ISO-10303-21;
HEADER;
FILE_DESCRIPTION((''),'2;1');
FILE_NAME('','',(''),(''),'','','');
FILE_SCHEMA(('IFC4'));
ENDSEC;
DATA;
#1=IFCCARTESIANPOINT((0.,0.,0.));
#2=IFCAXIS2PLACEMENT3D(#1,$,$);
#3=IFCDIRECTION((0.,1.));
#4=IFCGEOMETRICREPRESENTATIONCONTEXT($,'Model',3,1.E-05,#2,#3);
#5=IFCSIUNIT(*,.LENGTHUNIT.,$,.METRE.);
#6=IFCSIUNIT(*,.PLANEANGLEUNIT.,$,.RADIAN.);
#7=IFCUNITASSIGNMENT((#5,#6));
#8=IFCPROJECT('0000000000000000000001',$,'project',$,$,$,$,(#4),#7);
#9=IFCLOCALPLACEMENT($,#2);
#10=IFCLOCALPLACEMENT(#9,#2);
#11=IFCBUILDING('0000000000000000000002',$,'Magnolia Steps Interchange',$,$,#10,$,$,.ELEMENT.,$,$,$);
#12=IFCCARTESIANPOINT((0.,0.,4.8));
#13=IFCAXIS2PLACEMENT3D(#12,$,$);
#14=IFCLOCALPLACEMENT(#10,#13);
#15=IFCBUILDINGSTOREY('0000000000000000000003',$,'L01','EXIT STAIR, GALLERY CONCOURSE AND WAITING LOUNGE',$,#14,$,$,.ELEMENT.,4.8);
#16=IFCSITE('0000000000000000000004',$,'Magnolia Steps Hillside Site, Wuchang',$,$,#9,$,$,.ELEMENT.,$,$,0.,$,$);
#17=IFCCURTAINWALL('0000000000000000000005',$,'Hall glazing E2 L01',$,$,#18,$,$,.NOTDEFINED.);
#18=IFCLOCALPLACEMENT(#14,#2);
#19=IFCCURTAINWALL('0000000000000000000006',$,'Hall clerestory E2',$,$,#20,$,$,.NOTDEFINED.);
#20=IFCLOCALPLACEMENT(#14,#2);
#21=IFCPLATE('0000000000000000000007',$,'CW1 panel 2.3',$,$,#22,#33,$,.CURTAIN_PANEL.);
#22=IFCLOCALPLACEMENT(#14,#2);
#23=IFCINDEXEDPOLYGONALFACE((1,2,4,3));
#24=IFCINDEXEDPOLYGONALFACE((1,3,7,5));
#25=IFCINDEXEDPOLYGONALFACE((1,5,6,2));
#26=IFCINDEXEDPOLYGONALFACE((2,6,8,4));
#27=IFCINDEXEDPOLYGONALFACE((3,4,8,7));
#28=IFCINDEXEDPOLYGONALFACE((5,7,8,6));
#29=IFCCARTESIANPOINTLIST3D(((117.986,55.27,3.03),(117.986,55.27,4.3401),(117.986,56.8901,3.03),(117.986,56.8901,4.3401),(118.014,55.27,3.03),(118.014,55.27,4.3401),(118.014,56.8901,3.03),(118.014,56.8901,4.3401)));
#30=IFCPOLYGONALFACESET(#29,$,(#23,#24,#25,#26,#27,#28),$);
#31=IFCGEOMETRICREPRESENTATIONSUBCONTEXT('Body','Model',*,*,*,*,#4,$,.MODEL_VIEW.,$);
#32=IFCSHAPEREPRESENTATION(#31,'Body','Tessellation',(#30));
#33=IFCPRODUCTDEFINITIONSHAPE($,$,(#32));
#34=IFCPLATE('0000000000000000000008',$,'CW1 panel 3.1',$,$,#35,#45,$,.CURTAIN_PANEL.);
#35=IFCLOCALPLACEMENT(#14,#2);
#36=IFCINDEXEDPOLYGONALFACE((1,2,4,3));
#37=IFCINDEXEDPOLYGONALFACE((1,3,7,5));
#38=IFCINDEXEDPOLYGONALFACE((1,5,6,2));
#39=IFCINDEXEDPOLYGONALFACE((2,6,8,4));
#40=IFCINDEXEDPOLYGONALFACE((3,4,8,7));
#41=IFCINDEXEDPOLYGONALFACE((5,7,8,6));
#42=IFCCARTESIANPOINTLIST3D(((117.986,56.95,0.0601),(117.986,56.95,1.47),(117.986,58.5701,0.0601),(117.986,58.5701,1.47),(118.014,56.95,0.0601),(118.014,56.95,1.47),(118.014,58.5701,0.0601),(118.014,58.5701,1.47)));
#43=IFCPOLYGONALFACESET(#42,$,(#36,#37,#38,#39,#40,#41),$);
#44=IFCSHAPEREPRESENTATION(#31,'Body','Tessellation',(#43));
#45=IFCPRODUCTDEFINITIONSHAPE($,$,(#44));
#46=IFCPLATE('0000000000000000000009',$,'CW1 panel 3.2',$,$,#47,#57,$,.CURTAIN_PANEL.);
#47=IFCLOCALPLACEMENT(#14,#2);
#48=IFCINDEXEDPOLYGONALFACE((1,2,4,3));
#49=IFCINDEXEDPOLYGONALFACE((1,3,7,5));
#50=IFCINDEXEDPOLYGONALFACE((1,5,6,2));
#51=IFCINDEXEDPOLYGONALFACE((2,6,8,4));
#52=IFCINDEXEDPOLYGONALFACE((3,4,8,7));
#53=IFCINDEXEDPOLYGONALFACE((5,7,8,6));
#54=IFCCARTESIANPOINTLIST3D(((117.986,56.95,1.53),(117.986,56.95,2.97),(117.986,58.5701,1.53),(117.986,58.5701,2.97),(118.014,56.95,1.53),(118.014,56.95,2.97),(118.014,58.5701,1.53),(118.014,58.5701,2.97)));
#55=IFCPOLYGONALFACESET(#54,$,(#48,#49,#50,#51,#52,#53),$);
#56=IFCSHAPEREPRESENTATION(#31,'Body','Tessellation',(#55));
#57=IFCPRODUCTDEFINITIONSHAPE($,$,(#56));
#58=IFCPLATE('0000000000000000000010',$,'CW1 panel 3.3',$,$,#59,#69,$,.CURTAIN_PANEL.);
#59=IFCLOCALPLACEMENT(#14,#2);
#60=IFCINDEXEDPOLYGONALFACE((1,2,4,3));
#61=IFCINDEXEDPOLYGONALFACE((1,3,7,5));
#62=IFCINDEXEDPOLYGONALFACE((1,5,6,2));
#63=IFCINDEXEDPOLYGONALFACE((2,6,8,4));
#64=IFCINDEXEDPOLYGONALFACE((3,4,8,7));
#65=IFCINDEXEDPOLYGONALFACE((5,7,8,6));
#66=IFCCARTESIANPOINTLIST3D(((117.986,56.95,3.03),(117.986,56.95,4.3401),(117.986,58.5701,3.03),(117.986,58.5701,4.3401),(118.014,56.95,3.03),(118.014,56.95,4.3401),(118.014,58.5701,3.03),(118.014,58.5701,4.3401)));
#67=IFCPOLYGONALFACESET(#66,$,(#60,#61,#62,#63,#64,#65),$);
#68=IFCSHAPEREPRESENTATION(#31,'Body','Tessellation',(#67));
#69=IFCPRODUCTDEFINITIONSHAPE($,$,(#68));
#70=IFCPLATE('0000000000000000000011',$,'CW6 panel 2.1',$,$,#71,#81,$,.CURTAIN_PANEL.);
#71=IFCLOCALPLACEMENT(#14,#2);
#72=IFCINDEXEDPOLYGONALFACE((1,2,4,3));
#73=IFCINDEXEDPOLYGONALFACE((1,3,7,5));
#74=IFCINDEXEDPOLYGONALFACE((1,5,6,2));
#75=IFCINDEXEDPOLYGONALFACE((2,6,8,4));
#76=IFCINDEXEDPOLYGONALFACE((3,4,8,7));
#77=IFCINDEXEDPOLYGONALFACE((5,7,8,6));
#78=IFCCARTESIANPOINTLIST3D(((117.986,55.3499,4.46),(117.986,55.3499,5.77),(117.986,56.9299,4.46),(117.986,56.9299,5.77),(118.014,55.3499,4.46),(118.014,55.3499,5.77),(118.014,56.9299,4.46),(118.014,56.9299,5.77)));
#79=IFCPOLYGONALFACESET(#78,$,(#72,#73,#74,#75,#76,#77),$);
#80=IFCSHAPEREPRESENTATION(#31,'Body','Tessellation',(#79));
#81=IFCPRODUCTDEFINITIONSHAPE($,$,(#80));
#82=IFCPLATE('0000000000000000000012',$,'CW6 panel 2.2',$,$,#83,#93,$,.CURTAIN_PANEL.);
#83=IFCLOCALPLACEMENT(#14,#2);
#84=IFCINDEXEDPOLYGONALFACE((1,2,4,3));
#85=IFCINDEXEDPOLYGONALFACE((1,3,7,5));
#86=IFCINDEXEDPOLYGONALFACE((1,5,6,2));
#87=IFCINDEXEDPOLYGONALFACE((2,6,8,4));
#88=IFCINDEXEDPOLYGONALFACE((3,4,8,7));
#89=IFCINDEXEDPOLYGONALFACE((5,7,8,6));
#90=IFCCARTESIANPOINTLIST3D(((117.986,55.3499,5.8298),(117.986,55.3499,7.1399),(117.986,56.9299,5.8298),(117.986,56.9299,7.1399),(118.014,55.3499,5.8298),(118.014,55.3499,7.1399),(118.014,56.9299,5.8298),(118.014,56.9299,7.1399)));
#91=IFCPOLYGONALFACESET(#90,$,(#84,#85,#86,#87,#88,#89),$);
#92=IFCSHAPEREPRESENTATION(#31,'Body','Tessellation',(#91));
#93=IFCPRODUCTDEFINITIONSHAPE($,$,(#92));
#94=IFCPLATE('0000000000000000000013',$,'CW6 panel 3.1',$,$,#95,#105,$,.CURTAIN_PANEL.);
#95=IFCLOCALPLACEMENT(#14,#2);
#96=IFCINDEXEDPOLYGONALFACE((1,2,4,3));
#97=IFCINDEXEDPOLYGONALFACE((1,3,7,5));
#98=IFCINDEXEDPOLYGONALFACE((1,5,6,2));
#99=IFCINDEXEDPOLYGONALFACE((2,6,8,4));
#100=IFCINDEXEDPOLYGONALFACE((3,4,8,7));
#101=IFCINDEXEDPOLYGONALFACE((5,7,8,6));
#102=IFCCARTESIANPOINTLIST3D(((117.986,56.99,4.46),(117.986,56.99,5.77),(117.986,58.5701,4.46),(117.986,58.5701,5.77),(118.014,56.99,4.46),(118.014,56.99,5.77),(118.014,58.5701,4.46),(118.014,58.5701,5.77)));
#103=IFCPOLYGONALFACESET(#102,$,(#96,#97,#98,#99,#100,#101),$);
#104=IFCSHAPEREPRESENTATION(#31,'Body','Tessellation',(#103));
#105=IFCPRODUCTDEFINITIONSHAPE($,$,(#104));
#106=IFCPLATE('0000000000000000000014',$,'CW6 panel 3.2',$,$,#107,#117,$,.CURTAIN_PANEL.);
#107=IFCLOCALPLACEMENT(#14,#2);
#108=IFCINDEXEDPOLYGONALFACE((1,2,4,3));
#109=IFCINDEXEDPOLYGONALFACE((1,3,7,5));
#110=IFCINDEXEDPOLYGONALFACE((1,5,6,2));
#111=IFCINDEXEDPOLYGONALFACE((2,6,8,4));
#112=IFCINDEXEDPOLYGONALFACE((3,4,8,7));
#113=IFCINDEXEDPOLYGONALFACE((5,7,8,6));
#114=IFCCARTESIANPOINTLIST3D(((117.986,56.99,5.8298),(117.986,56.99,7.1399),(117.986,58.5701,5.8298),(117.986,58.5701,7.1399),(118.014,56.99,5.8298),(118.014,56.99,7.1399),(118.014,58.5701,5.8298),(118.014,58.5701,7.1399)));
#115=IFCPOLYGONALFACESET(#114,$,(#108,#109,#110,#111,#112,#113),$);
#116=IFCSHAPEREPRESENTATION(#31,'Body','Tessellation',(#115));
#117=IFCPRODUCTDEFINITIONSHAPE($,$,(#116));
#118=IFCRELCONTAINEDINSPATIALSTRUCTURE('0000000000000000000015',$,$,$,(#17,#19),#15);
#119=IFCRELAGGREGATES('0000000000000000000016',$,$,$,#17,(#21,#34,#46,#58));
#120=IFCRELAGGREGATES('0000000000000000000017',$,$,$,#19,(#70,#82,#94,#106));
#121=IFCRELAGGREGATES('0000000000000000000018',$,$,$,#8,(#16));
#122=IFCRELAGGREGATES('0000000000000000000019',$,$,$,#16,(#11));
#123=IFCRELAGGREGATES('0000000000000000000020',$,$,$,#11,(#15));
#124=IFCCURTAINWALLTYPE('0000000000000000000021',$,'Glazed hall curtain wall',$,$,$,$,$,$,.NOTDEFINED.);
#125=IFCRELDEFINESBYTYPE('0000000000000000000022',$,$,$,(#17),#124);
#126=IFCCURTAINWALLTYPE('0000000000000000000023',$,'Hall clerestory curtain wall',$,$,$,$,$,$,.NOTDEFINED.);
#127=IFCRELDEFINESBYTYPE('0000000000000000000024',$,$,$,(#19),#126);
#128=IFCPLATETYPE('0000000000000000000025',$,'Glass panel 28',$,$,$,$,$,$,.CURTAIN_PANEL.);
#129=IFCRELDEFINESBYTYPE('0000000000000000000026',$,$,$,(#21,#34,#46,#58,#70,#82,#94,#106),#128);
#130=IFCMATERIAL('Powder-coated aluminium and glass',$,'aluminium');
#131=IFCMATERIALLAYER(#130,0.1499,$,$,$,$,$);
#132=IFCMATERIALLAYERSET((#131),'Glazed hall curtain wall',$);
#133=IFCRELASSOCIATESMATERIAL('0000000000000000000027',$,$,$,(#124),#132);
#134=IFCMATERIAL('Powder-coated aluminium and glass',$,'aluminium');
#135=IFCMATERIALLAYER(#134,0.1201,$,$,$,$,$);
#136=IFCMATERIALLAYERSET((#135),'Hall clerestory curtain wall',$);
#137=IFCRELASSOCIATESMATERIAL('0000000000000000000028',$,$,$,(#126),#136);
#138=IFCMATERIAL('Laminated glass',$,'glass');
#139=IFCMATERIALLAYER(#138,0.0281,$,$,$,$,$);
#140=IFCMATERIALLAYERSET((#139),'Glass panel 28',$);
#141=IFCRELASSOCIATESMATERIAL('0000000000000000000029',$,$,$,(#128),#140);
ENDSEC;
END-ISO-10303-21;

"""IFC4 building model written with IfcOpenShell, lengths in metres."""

from ifc_helpers import new_model, si_unit, direction, frame, origin, origin_2d, place, context, subcontext, project, spatial, rectangle, extrude, material, layer, layer_set, type_object, element, aggregate, save


model = new_model("IFC4")

# Units and contexts
model_context = context("Model", 3, precision=1e-05, world=origin(), true_north=direction((0.0, 1.0)))
body_context = subcontext(model_context, "Body", "Model", "MODEL_VIEW")
ifc_project = project(units=[si_unit("LENGTHUNIT", "METRE"), si_unit("PLANEANGLEUNIT", "RADIAN")], contexts=[model_context])

# Site, building, storey
site_placement = place(None, origin())
site = spatial("IfcSite", under=ifc_project, at=site_placement, Name="Magnolia Steps Hillside Site, Wuchang", CompositionType="ELEMENT", RefElevation=0.0)
building_placement = place(site_placement, origin())
building = spatial("IfcBuilding", under=site, at=building_placement, Name="Magnolia Steps Interchange", CompositionType="ELEMENT")
storey_placement = place(building_placement, frame((0.0, 0.0, 4.8)))
storey = spatial("IfcBuildingStorey", under=building, at=storey_placement, Name="L01", Description="EXIT STAIR, GALLERY CONCOURSE AND WAITING LOUNGE", CompositionType="ELEMENT", Elevation=4.8)

# Curtain walls
ifc_material_1 = material(Name="Powder-coated aluminium and glass", Category="aluminium")
ifc_layer_1 = layer(ifc_material_1, 0.1499)
ifc_layer_set_1 = layer_set([ifc_layer_1], Name="Glazed hall curtain wall")
curtain_wall_type_1 = type_object("IfcCurtainWallType", Name="Glazed hall curtain wall", PredefinedType="NOTDEFINED", material=ifc_layer_set_1)
curtain_wall_1_placement = place(storey_placement, origin())
curtain_wall_1 = element("IfcCurtainWall", 1, at=curtain_wall_1_placement, inside=storey, type_object=curtain_wall_type_1, Name="Hall glazing E2 L01", PredefinedType="NOTDEFINED")
ifc_material_2 = material(Name="Powder-coated aluminium and glass", Category="aluminium")
ifc_layer_2 = layer(ifc_material_2, 0.1201)
ifc_layer_set_2 = layer_set([ifc_layer_2], Name="Hall clerestory curtain wall")
curtain_wall_type_2 = type_object("IfcCurtainWallType", Name="Hall clerestory curtain wall", PredefinedType="NOTDEFINED", material=ifc_layer_set_2)
curtain_wall_2_placement = place(storey_placement, origin())
curtain_wall_2 = element("IfcCurtainWall", 2, at=curtain_wall_2_placement, inside=storey, type_object=curtain_wall_type_2, Name="Hall clerestory E2", PredefinedType="NOTDEFINED")

# Plates
ifc_material_3 = material(Name="Laminated glass", Category="glass")
ifc_layer_3 = layer(ifc_material_3, 0.0281)
ifc_layer_set_3 = layer_set([ifc_layer_3], Name="Glass panel 28")
plate_type = type_object("IfcPlateType", Name="Glass panel 28", PredefinedType="CURTAIN_PANEL", material=ifc_layer_set_3)
plate_1_placement = place(storey_placement, frame((118.0, 56.0801, 3.03), z_axis=(0.0, 0.0, 1.0), x_axis=(0.0, 1.0, 0.0)))
plate_1 = element("IfcPlate", 3, at=plate_1_placement, type_object=plate_type, Name="CW1 panel 2.3", PredefinedType="CURTAIN_PANEL", context=body_context, shape_type="SweptSolid", body=[
    extrude(rectangle(XDim=1.6201, YDim=0.0281, at=origin_2d()), origin(), (0.0, 0.0, 1.0), 1.3101),
])
plate_2_placement = place(storey_placement, frame((118.0, 57.76, 0.0601), z_axis=(0.0, 0.0, 1.0), x_axis=(0.0, 1.0, 0.0)))
plate_2 = element("IfcPlate", 4, at=plate_2_placement, type_object=plate_type, Name="CW1 panel 3.1", PredefinedType="CURTAIN_PANEL", context=body_context, shape_type="SweptSolid", body=[
    extrude(rectangle(XDim=1.6201, YDim=0.0281, at=origin_2d()), origin(), (0.0, 0.0, 1.0), 1.4099),
])
plate_3_placement = place(storey_placement, frame((118.0, 57.76, 1.53), z_axis=(0.0, 0.0, 1.0), x_axis=(0.0, 1.0, 0.0)))
plate_3 = element("IfcPlate", 5, at=plate_3_placement, type_object=plate_type, Name="CW1 panel 3.2", PredefinedType="CURTAIN_PANEL", context=body_context, shape_type="SweptSolid", body=[
    extrude(rectangle(XDim=1.6201, YDim=0.0281, at=origin_2d()), origin(), (0.0, 0.0, 1.0), 1.4399),
])
plate_4_placement = place(storey_placement, frame((118.0, 57.76, 3.03), z_axis=(0.0, 0.0, 1.0), x_axis=(0.0, 1.0, 0.0)))
plate_4 = element("IfcPlate", 6, at=plate_4_placement, type_object=plate_type, Name="CW1 panel 3.3", PredefinedType="CURTAIN_PANEL", context=body_context, shape_type="SweptSolid", body=[
    extrude(rectangle(XDim=1.6201, YDim=0.0281, at=origin_2d()), origin(), (0.0, 0.0, 1.0), 1.3101),
])
aggregate(curtain_wall_1, [plate_1, plate_2, plate_3, plate_4])
plate_5_placement = place(storey_placement, frame((118.0, 56.1399, 4.46), z_axis=(0.0, 0.0, 1.0), x_axis=(0.0, 1.0, 0.0)))
plate_5 = element("IfcPlate", 7, at=plate_5_placement, type_object=plate_type, Name="CW6 panel 2.1", PredefinedType="CURTAIN_PANEL", context=body_context, shape_type="SweptSolid", body=[
    extrude(rectangle(XDim=1.5801, YDim=0.0281, at=origin_2d()), origin(), (0.0, 0.0, 1.0), 1.3101),
])
plate_6_placement = place(storey_placement, frame((118.0, 56.1399, 5.8298), z_axis=(0.0, 0.0, 1.0), x_axis=(0.0, 1.0, 0.0)))
plate_6 = element("IfcPlate", 8, at=plate_6_placement, type_object=plate_type, Name="CW6 panel 2.2", PredefinedType="CURTAIN_PANEL", context=body_context, shape_type="SweptSolid", body=[
    extrude(rectangle(XDim=1.5801, YDim=0.0281, at=origin_2d()), origin(), (0.0, 0.0, 1.0), 1.3101),
])
plate_7_placement = place(storey_placement, frame((118.0, 57.78, 4.46), z_axis=(0.0, 0.0, 1.0), x_axis=(0.0, 1.0, 0.0)))
plate_7 = element("IfcPlate", 9, at=plate_7_placement, type_object=plate_type, Name="CW6 panel 3.1", PredefinedType="CURTAIN_PANEL", context=body_context, shape_type="SweptSolid", body=[
    extrude(rectangle(XDim=1.5801, YDim=0.0281, at=origin_2d()), origin(), (0.0, 0.0, 1.0), 1.3101),
])
plate_8_placement = place(storey_placement, frame((118.0, 57.78, 5.8298), z_axis=(0.0, 0.0, 1.0), x_axis=(0.0, 1.0, 0.0)))
plate_8 = element("IfcPlate", 10, at=plate_8_placement, type_object=plate_type, Name="CW6 panel 3.2", PredefinedType="CURTAIN_PANEL", context=body_context, shape_type="SweptSolid", body=[
    extrude(rectangle(XDim=1.5801, YDim=0.0281, at=origin_2d()), origin(), (0.0, 0.0, 1.0), 1.3101),
])
aggregate(curtain_wall_2, [plate_5, plate_6, plate_7, plate_8])

save(model, "model.ifc")
